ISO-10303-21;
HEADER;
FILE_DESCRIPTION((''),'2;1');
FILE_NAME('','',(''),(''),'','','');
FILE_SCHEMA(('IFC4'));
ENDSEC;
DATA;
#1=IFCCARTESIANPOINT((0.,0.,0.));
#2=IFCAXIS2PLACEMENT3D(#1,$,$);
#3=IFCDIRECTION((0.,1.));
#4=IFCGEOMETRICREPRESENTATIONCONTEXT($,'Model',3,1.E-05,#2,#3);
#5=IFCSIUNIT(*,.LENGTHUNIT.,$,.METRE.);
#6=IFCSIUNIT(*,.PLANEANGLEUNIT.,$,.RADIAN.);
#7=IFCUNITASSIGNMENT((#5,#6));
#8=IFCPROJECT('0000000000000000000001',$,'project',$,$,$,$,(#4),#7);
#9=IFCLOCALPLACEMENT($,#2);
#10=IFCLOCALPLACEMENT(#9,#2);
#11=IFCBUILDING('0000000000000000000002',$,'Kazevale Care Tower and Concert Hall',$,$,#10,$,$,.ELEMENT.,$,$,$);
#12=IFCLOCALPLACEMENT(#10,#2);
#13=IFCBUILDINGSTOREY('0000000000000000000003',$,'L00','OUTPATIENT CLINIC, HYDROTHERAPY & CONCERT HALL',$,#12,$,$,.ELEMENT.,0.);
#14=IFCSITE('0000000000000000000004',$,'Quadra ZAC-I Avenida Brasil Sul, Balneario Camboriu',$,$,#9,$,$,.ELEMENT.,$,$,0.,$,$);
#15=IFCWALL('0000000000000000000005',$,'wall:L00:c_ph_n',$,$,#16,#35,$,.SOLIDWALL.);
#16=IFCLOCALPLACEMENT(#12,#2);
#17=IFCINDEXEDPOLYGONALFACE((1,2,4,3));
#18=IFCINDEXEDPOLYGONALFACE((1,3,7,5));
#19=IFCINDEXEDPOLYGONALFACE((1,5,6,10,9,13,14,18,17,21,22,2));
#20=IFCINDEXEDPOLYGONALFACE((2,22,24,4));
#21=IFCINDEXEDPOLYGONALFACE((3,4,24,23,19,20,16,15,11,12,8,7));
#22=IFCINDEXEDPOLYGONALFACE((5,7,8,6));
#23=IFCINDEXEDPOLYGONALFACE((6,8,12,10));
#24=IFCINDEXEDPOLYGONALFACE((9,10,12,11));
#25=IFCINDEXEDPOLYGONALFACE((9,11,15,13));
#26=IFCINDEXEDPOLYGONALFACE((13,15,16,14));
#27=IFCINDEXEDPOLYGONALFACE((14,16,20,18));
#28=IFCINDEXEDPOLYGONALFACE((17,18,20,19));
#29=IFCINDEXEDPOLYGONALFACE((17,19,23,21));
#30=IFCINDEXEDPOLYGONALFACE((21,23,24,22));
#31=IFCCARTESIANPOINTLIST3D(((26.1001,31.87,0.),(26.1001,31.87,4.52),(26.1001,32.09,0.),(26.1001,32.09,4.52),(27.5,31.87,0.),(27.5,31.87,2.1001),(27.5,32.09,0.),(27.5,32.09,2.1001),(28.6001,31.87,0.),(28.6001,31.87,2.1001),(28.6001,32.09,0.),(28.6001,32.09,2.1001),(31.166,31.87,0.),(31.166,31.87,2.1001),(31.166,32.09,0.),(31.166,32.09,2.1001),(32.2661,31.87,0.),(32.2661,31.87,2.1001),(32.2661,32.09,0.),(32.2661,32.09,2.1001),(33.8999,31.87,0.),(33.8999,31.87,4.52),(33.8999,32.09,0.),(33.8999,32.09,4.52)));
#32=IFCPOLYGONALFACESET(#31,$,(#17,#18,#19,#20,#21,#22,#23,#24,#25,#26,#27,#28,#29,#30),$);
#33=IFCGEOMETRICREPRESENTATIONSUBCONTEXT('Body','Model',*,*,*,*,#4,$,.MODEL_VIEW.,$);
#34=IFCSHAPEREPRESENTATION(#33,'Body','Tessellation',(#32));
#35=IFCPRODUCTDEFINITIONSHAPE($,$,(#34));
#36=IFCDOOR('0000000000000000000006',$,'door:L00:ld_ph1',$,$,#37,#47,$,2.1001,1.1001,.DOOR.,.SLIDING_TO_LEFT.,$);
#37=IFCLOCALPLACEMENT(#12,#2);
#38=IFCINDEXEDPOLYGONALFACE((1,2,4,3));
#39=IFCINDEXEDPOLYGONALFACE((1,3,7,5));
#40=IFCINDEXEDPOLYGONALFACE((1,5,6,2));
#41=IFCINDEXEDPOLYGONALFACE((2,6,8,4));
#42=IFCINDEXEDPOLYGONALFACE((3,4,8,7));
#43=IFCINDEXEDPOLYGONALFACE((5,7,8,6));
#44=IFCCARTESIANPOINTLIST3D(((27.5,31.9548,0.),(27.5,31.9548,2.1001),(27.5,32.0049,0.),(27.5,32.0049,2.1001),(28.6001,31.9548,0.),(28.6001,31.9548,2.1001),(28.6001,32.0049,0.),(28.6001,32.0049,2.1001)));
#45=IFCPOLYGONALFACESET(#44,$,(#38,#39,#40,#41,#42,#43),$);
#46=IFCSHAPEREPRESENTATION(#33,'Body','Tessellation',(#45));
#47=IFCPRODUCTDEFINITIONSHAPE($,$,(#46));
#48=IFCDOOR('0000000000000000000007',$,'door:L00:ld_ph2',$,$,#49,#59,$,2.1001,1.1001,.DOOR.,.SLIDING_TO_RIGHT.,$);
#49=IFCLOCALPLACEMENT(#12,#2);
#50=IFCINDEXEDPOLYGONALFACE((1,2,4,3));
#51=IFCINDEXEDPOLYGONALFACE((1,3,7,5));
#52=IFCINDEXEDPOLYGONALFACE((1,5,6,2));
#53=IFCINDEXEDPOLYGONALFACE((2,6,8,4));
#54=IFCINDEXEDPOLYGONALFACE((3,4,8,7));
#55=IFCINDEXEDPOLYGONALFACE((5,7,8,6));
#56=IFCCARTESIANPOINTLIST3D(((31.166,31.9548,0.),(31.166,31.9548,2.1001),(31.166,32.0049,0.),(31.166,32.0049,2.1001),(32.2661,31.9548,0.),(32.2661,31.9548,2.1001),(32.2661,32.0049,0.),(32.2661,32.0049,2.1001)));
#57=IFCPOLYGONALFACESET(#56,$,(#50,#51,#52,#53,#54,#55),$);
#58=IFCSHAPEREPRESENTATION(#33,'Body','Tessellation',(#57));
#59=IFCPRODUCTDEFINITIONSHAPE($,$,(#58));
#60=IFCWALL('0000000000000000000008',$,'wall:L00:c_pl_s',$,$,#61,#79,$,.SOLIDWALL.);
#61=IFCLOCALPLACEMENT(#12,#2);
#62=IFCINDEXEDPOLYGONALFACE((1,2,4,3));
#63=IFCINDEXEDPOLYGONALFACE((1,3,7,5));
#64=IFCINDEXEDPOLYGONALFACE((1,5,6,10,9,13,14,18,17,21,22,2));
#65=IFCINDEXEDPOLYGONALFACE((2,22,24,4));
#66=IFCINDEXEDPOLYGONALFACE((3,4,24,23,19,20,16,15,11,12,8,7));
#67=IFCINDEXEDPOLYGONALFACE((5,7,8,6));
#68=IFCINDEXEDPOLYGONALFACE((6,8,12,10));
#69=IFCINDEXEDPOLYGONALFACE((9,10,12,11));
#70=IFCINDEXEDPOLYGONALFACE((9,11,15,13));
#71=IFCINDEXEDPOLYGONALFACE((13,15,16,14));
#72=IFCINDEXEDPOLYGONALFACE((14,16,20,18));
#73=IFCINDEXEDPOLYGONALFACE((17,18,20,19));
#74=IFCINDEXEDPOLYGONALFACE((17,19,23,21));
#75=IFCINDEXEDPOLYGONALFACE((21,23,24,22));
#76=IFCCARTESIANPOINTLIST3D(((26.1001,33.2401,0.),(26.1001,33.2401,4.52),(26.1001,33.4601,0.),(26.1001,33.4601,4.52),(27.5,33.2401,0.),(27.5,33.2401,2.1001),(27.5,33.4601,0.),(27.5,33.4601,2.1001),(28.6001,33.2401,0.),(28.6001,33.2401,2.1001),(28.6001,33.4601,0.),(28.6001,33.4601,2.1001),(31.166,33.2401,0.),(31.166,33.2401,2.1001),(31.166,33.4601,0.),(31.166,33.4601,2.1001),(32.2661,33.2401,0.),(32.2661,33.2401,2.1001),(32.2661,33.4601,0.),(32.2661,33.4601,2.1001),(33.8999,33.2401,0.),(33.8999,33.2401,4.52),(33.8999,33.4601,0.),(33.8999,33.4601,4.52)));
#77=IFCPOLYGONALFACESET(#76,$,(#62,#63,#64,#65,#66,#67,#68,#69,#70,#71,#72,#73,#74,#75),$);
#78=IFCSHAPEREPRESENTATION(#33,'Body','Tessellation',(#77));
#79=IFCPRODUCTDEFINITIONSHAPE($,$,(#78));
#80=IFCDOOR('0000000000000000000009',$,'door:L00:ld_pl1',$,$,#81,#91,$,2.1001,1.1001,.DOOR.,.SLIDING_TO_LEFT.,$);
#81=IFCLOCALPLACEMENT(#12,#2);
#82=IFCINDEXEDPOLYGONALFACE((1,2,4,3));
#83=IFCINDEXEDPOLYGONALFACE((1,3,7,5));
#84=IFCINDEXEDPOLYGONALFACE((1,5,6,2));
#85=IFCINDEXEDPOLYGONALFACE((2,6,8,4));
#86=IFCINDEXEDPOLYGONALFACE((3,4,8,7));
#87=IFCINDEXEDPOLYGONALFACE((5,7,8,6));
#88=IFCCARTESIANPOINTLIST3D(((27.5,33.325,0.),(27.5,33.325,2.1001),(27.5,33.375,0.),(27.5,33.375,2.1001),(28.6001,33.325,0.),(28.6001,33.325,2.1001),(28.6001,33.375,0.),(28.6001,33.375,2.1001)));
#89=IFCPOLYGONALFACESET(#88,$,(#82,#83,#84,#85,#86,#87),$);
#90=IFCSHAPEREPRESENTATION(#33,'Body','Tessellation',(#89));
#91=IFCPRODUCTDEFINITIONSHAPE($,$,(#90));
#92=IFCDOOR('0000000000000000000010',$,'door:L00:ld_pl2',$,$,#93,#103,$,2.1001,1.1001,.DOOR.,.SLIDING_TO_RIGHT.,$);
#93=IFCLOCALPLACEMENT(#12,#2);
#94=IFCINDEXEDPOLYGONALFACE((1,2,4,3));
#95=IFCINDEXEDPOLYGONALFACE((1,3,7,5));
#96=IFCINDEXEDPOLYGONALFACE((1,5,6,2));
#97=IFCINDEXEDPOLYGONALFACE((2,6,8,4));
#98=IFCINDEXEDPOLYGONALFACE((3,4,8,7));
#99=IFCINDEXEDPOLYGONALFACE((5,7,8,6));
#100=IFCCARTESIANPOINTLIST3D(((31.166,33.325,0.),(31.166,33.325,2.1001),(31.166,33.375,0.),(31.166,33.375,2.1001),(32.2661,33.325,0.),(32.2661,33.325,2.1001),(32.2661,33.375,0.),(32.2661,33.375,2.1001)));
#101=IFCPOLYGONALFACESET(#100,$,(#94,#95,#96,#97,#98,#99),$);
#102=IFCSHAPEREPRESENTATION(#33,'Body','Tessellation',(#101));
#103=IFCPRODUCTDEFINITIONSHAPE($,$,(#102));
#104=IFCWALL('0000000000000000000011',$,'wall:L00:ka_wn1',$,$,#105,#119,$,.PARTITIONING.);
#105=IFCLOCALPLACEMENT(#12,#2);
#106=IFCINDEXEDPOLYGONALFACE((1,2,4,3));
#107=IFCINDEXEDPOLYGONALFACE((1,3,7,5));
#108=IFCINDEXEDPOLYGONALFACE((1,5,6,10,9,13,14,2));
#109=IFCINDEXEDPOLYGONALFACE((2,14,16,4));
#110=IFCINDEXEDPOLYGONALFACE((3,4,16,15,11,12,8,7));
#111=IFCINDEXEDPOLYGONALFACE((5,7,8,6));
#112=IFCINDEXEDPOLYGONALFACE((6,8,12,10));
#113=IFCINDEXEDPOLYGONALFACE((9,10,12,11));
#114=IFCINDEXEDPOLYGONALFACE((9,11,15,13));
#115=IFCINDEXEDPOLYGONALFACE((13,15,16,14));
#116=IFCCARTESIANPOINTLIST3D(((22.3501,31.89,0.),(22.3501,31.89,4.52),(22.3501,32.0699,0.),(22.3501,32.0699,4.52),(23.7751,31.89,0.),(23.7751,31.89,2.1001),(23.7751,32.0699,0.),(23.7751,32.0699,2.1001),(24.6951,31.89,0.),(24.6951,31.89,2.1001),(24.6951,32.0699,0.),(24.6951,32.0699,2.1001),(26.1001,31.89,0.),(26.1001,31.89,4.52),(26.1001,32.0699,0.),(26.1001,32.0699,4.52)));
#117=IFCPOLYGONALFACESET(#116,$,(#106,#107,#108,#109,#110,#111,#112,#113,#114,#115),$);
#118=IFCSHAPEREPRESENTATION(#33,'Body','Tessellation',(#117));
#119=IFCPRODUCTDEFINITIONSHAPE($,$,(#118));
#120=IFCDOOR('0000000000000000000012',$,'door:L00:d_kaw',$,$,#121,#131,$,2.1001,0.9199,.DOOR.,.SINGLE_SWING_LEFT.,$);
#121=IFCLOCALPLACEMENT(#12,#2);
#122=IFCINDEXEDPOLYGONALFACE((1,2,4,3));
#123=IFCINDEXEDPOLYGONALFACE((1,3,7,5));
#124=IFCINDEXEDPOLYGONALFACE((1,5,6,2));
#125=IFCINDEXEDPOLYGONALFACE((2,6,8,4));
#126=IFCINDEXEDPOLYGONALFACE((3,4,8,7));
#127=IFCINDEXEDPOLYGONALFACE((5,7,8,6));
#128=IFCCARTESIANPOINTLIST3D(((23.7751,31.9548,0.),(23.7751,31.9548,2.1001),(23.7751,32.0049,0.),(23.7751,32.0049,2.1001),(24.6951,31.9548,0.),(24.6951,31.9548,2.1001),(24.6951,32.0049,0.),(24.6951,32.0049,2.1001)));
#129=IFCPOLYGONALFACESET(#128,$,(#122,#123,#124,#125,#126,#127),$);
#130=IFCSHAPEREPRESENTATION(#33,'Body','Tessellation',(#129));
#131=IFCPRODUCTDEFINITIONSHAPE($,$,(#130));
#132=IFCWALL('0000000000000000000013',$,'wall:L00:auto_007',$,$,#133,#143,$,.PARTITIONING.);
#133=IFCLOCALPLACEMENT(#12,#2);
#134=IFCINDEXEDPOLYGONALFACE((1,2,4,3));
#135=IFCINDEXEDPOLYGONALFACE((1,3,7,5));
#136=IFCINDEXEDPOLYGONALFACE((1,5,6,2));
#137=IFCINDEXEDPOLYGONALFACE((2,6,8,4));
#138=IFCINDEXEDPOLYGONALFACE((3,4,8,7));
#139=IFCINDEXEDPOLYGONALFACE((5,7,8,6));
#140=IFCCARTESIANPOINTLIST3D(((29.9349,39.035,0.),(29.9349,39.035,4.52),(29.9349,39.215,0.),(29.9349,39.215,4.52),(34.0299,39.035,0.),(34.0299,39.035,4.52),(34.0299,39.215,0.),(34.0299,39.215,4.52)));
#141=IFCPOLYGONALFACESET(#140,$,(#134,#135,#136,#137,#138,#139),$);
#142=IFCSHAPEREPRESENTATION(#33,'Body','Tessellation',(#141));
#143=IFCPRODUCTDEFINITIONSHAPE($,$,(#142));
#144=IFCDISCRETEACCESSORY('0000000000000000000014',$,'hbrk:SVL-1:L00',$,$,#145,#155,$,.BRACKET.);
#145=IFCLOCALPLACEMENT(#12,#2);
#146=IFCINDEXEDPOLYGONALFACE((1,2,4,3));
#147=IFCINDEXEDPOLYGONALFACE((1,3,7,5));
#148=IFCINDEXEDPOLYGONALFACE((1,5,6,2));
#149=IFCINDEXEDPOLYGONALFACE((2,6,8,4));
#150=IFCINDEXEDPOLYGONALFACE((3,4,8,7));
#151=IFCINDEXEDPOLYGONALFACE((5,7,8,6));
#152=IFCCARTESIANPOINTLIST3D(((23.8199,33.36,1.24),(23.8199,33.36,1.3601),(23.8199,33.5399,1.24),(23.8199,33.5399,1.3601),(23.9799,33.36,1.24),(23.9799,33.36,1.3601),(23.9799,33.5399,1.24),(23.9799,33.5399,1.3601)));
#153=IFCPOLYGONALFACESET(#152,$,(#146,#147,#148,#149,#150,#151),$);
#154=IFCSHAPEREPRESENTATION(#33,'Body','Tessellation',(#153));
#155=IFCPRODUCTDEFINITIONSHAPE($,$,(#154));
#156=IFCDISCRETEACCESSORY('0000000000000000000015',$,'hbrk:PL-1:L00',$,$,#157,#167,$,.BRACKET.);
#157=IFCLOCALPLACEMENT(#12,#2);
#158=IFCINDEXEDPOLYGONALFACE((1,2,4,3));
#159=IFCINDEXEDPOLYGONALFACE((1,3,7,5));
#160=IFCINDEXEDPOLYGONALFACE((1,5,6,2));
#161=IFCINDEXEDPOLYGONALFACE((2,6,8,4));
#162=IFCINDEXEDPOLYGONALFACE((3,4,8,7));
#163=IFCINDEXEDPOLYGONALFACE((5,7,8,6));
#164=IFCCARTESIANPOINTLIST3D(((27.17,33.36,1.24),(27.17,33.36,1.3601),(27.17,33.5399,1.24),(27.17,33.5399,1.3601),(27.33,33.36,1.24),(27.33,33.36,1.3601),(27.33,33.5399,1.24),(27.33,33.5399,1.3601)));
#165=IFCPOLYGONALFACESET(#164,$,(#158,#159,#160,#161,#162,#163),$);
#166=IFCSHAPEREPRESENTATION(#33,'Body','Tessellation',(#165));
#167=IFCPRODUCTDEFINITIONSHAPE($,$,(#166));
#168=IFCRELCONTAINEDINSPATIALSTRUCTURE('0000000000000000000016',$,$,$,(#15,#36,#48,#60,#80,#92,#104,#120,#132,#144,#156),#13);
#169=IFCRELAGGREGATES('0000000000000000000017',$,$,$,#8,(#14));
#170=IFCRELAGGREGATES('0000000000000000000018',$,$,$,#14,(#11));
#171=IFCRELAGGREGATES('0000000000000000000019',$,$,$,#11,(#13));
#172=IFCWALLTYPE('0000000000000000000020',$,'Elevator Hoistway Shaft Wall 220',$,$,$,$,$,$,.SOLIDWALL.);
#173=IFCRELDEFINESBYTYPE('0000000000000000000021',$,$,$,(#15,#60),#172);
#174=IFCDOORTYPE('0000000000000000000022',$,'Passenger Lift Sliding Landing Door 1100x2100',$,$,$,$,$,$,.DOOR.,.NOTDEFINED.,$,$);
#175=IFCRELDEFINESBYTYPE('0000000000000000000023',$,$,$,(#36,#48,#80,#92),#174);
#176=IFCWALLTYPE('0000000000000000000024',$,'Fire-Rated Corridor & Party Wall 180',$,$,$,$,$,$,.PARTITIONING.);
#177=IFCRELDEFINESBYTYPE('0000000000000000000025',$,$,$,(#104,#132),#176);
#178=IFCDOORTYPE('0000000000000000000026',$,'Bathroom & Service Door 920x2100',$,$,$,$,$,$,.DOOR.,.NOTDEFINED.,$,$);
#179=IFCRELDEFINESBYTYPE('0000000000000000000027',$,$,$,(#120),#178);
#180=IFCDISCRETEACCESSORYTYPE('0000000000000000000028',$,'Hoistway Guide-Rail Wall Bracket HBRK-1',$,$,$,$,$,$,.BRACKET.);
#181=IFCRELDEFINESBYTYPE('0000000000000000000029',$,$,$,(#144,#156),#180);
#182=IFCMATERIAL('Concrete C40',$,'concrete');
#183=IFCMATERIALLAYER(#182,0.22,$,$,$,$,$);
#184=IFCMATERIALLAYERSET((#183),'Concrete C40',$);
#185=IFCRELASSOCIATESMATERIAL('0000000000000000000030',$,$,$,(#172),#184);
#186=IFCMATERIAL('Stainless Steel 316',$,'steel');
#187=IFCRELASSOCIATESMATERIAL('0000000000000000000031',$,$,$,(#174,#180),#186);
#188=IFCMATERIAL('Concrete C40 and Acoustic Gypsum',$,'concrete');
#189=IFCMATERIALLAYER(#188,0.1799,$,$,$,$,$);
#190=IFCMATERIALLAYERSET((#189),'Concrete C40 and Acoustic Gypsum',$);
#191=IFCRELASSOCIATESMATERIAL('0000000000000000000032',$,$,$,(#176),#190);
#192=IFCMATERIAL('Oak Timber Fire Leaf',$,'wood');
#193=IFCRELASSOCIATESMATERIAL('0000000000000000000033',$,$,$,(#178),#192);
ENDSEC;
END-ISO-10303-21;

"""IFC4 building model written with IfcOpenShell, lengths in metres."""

from ifc_helpers import new_model, si_unit, direction, frame, frame_2d, origin, origin_2d, place, context, subcontext, project, spatial, rectangle, extrude, material, layer, layer_set, type_object, element, fill, save


model = new_model("IFC4")

# Units and contexts
model_context = context("Model", 3, precision=1e-05, world=origin(), true_north=direction((0.0, 1.0)))
body_context = subcontext(model_context, "Body", "Model", "MODEL_VIEW")
ifc_project = project(units=[si_unit("LENGTHUNIT", "METRE"), si_unit("PLANEANGLEUNIT", "RADIAN")], contexts=[model_context])

# Site, building, storey
site_placement = place(None, origin())
site = spatial("IfcSite", under=ifc_project, at=site_placement, Name="Quadra ZAC-I Avenida Brasil Sul, Balneario Camboriu", CompositionType="ELEMENT", RefElevation=0.0)
building_placement = place(site_placement, origin())
building = spatial("IfcBuilding", under=site, at=building_placement, Name="Kazevale Care Tower and Concert Hall", CompositionType="ELEMENT")
storey_placement = place(building_placement, origin())
storey = spatial("IfcBuildingStorey", under=building, at=storey_placement, Name="L00", Description="OUTPATIENT CLINIC, HYDROTHERAPY & CONCERT HALL", CompositionType="ELEMENT", Elevation=0.0)

# Shared definitions
ifc_material_1 = material(Name="Concrete C40", Category="concrete")
ifc_layer_1 = layer(ifc_material_1, 0.22)
ifc_layer_set_1 = layer_set([ifc_layer_1], Name="Concrete C40")
wall_type_1 = type_object("IfcWallType", Name="Elevator Hoistway Shaft Wall 220", PredefinedType="SOLIDWALL", material=ifc_layer_set_1)

# Shared definitions
ifc_material_2 = material(Name="Stainless Steel 316", Category="steel")

# Walls, openings, doors
wall_1_placement = place(storey_placement, frame((26.1001, 31.98, 0.0), z_axis=(0.0, 0.0, 1.0), x_axis=(1.0, 0.0, 0.0)))
wall_1 = element("IfcWall", 1, at=wall_1_placement, inside=storey, type_object=wall_type_1, Name="wall:L00:c_ph_n", PredefinedType="SOLIDWALL", context=body_context, shape_type="SweptSolid", body=[
    extrude(rectangle(XDim=7.7998, YDim=0.22, at=frame_2d((3.8999, 0.0))), origin(), (0.0, 0.0, 1.0), 4.52),
])
opening_1_placement = place(wall_1_placement, frame((1.3999, 0.0, 0.0)))
opening_1 = element("IfcOpeningElement", 2, at=opening_1_placement, cuts=wall_1, PredefinedType="OPENING", context=body_context, shape_type="SweptSolid", body=[
    extrude(rectangle(XDim=1.1001, YDim=2.1001, at=frame_2d((0.55, 1.05))), frame((0.0, 0.1199, 0.0), z_axis=(0.0, -1.0, 0.0), x_axis=(1.0, 0.0, 0.0)), (0.0, 0.0, 1.0), 0.24),
])
opening_2_placement = place(wall_1_placement, frame((5.0659, 0.0, 0.0)))
opening_2 = element("IfcOpeningElement", 3, at=opening_2_placement, cuts=wall_1, PredefinedType="OPENING", context=body_context, shape_type="SweptSolid", body=[
    extrude(rectangle(XDim=1.1001, YDim=2.1001, at=frame_2d((0.55, 1.05))), frame((0.0, 0.1199, 0.0), z_axis=(0.0, -1.0, 0.0), x_axis=(1.0, 0.0, 0.0)), (0.0, 0.0, 1.0), 0.24),
])
door_type_1 = type_object("IfcDoorType", Name="Passenger Lift Sliding Landing Door 1100x2100", OperationType="NOTDEFINED", PredefinedType="DOOR", material=ifc_material_2)
door_1_placement = place(opening_1_placement, origin())
door_1 = element("IfcDoor", 4, at=door_1_placement, inside=storey, type_object=door_type_1, Name="door:L00:ld_ph1", OperationType="SLIDING_TO_LEFT", OverallHeight=2.1001, OverallWidth=1.1001, PredefinedType="DOOR", context=body_context, shape_type="SweptSolid", body=[
    extrude(rectangle(XDim=1.1001, YDim=2.1001, at=frame_2d((0.55, 1.05))), frame((0.0, 0.0249, 0.0), z_axis=(0.0, -1.0, 0.0), x_axis=(1.0, 0.0, 0.0)), (0.0, 0.0, 1.0), 0.05),
])
fill(opening_1, door_1)
door_2_placement = place(opening_2_placement, origin())
door_2 = element("IfcDoor", 5, at=door_2_placement, inside=storey, type_object=door_type_1, Name="door:L00:ld_ph2", OperationType="SLIDING_TO_RIGHT", OverallHeight=2.1001, OverallWidth=1.1001, PredefinedType="DOOR", context=body_context, shape_type="SweptSolid", body=[
    extrude(rectangle(XDim=1.1001, YDim=2.1001, at=frame_2d((0.55, 1.05))), frame((0.0, 0.0249, 0.0), z_axis=(0.0, -1.0, 0.0), x_axis=(1.0, 0.0, 0.0)), (0.0, 0.0, 1.0), 0.05),
])
fill(opening_2, door_2)
wall_2_placement = place(storey_placement, frame((26.1001, 33.3501, 0.0), z_axis=(0.0, 0.0, 1.0), x_axis=(1.0, 0.0, 0.0)))
wall_2 = element("IfcWall", 6, at=wall_2_placement, inside=storey, type_object=wall_type_1, Name="wall:L00:c_pl_s", PredefinedType="SOLIDWALL", context=body_context, shape_type="SweptSolid", body=[
    extrude(rectangle(XDim=7.7998, YDim=0.22, at=frame_2d((3.8999, 0.0))), origin(), (0.0, 0.0, 1.0), 4.52),
])
opening_3_placement = place(wall_2_placement, frame((1.3999, 0.0, 0.0)))
opening_3 = element("IfcOpeningElement", 7, at=opening_3_placement, cuts=wall_2, PredefinedType="OPENING", context=body_context, shape_type="SweptSolid", body=[
    extrude(rectangle(XDim=1.1001, YDim=2.1001, at=frame_2d((0.55, 1.05))), frame((0.0, 0.1199, 0.0), z_axis=(0.0, -1.0, 0.0), x_axis=(1.0, 0.0, 0.0)), (0.0, 0.0, 1.0), 0.24),
])
opening_4_placement = place(wall_2_placement, frame((5.0659, 0.0, 0.0)))
opening_4 = element("IfcOpeningElement", 8, at=opening_4_placement, cuts=wall_2, PredefinedType="OPENING", context=body_context, shape_type="SweptSolid", body=[
    extrude(rectangle(XDim=1.1001, YDim=2.1001, at=frame_2d((0.55, 1.05))), frame((0.0, 0.1199, 0.0), z_axis=(0.0, -1.0, 0.0), x_axis=(1.0, 0.0, 0.0)), (0.0, 0.0, 1.0), 0.24),
])
door_3_placement = place(opening_3_placement, origin())
door_3 = element("IfcDoor", 9, at=door_3_placement, inside=storey, type_object=door_type_1, Name="door:L00:ld_pl1", OperationType="SLIDING_TO_LEFT", OverallHeight=2.1001, OverallWidth=1.1001, PredefinedType="DOOR", context=body_context, shape_type="SweptSolid", body=[
    extrude(rectangle(XDim=1.1001, YDim=2.1001, at=frame_2d((0.55, 1.05))), frame((0.0, 0.0249, 0.0), z_axis=(0.0, -1.0, 0.0), x_axis=(1.0, 0.0, 0.0)), (0.0, 0.0, 1.0), 0.05),
])
fill(opening_3, door_3)
door_4_placement = place(opening_4_placement, origin())
door_4 = element("IfcDoor", 10, at=door_4_placement, inside=storey, type_object=door_type_1, Name="door:L00:ld_pl2", OperationType="SLIDING_TO_RIGHT", OverallHeight=2.1001, OverallWidth=1.1001, PredefinedType="DOOR", context=body_context, shape_type="SweptSolid", body=[
    extrude(rectangle(XDim=1.1001, YDim=2.1001, at=frame_2d((0.55, 1.05))), frame((0.0, 0.0249, 0.0), z_axis=(0.0, -1.0, 0.0), x_axis=(1.0, 0.0, 0.0)), (0.0, 0.0, 1.0), 0.05),
])
fill(opening_4, door_4)

# Wall, opening, door
ifc_material_3 = material(Name="Concrete C40 and Acoustic Gypsum", Category="concrete")
ifc_layer_2 = layer(ifc_material_3, 0.1799)
ifc_layer_set_2 = layer_set([ifc_layer_2], Name="Concrete C40 and Acoustic Gypsum")
wall_type_2 = type_object("IfcWallType", Name="Fire-Rated Corridor & Party Wall 180", PredefinedType="PARTITIONING", material=ifc_layer_set_2)
wall_3_placement = place(storey_placement, frame((22.3501, 31.98, 0.0), z_axis=(0.0, 0.0, 1.0), x_axis=(1.0, 0.0, 0.0)))
wall_3 = element("IfcWall", 11, at=wall_3_placement, inside=storey, type_object=wall_type_2, Name="wall:L00:ka_wn1", PredefinedType="PARTITIONING", context=body_context, shape_type="SweptSolid", body=[
    extrude(rectangle(XDim=3.75, YDim=0.1799, at=frame_2d((1.875, 0.0))), origin(), (0.0, 0.0, 1.0), 4.52),
])
opening_5_placement = place(wall_3_placement, frame((1.425, 0.0, 0.0)))
opening_5 = element("IfcOpeningElement", 12, at=opening_5_placement, cuts=wall_3, PredefinedType="OPENING", context=body_context, shape_type="SweptSolid", body=[
    extrude(rectangle(XDim=0.9199, YDim=2.1001, at=frame_2d((0.46, 1.05))), frame((0.0, 0.0999, 0.0), z_axis=(0.0, -1.0, 0.0), x_axis=(1.0, 0.0, 0.0)), (0.0, 0.0, 1.0), 0.2),
])
ifc_material_4 = material(Name="Oak Timber Fire Leaf", Category="wood")
door_type_2 = type_object("IfcDoorType", Name="Bathroom & Service Door 920x2100", OperationType="NOTDEFINED", PredefinedType="DOOR", material=ifc_material_4)
door_5_placement = place(opening_5_placement, origin())
door_5 = element("IfcDoor", 13, at=door_5_placement, inside=storey, type_object=door_type_2, Name="door:L00:d_kaw", OperationType="SINGLE_SWING_LEFT", OverallHeight=2.1001, OverallWidth=0.9199, PredefinedType="DOOR", context=body_context, shape_type="SweptSolid", body=[
    extrude(rectangle(XDim=0.9199, YDim=2.1001, at=frame_2d((0.46, 1.05))), frame((0.0, 0.0249, 0.0), z_axis=(0.0, -1.0, 0.0), x_axis=(1.0, 0.0, 0.0)), (0.0, 0.0, 1.0), 0.05),
])
fill(opening_5, door_5)

# Wall
wall_4_placement = place(storey_placement, frame((29.9351, 39.125, 0.0), z_axis=(0.0, 0.0, 1.0), x_axis=(1.0, 0.0, 0.0)))
element("IfcWall", 14, at=wall_4_placement, inside=storey, type_object=wall_type_2, Name="wall:L00:auto_007", PredefinedType="PARTITIONING", context=body_context, shape_type="SweptSolid", body=[
    extrude(rectangle(XDim=4.095, YDim=0.1799, at=frame_2d((2.0474, 0.0))), origin(), (0.0, 0.0, 1.0), 4.52),
])

# Discrete accessories
discrete_accessory_type = type_object("IfcDiscreteAccessoryType", Name="Hoistway Guide-Rail Wall Bracket HBRK-1", PredefinedType="BRACKET", material=ifc_material_2)
for number, where, z_axis, x_axis, name in (
    (15, (23.8999, 33.45, 1.24), (0.0, 0.0, 1.0), (1.0, 0.0, 0.0), "hbrk:SVL-1:L00"),
    (16, (27.25, 33.45, 1.24), (0.0, 0.0, 1.0), (1.0, 0.0, 0.0), "hbrk:PL-1:L00"),
):
    element("IfcDiscreteAccessory", number, at=place(storey_placement, frame(where, z_axis=z_axis, x_axis=x_axis)), inside=storey, type_object=discrete_accessory_type, Name=name, PredefinedType="BRACKET", context=body_context, shape_type="SweptSolid", body=[
        extrude(rectangle(XDim=0.1599, YDim=0.1799, at=origin_2d()), origin(), (0.0, 0.0, 1.0), 0.1201),
    ])

save(model, "model.ifc")
